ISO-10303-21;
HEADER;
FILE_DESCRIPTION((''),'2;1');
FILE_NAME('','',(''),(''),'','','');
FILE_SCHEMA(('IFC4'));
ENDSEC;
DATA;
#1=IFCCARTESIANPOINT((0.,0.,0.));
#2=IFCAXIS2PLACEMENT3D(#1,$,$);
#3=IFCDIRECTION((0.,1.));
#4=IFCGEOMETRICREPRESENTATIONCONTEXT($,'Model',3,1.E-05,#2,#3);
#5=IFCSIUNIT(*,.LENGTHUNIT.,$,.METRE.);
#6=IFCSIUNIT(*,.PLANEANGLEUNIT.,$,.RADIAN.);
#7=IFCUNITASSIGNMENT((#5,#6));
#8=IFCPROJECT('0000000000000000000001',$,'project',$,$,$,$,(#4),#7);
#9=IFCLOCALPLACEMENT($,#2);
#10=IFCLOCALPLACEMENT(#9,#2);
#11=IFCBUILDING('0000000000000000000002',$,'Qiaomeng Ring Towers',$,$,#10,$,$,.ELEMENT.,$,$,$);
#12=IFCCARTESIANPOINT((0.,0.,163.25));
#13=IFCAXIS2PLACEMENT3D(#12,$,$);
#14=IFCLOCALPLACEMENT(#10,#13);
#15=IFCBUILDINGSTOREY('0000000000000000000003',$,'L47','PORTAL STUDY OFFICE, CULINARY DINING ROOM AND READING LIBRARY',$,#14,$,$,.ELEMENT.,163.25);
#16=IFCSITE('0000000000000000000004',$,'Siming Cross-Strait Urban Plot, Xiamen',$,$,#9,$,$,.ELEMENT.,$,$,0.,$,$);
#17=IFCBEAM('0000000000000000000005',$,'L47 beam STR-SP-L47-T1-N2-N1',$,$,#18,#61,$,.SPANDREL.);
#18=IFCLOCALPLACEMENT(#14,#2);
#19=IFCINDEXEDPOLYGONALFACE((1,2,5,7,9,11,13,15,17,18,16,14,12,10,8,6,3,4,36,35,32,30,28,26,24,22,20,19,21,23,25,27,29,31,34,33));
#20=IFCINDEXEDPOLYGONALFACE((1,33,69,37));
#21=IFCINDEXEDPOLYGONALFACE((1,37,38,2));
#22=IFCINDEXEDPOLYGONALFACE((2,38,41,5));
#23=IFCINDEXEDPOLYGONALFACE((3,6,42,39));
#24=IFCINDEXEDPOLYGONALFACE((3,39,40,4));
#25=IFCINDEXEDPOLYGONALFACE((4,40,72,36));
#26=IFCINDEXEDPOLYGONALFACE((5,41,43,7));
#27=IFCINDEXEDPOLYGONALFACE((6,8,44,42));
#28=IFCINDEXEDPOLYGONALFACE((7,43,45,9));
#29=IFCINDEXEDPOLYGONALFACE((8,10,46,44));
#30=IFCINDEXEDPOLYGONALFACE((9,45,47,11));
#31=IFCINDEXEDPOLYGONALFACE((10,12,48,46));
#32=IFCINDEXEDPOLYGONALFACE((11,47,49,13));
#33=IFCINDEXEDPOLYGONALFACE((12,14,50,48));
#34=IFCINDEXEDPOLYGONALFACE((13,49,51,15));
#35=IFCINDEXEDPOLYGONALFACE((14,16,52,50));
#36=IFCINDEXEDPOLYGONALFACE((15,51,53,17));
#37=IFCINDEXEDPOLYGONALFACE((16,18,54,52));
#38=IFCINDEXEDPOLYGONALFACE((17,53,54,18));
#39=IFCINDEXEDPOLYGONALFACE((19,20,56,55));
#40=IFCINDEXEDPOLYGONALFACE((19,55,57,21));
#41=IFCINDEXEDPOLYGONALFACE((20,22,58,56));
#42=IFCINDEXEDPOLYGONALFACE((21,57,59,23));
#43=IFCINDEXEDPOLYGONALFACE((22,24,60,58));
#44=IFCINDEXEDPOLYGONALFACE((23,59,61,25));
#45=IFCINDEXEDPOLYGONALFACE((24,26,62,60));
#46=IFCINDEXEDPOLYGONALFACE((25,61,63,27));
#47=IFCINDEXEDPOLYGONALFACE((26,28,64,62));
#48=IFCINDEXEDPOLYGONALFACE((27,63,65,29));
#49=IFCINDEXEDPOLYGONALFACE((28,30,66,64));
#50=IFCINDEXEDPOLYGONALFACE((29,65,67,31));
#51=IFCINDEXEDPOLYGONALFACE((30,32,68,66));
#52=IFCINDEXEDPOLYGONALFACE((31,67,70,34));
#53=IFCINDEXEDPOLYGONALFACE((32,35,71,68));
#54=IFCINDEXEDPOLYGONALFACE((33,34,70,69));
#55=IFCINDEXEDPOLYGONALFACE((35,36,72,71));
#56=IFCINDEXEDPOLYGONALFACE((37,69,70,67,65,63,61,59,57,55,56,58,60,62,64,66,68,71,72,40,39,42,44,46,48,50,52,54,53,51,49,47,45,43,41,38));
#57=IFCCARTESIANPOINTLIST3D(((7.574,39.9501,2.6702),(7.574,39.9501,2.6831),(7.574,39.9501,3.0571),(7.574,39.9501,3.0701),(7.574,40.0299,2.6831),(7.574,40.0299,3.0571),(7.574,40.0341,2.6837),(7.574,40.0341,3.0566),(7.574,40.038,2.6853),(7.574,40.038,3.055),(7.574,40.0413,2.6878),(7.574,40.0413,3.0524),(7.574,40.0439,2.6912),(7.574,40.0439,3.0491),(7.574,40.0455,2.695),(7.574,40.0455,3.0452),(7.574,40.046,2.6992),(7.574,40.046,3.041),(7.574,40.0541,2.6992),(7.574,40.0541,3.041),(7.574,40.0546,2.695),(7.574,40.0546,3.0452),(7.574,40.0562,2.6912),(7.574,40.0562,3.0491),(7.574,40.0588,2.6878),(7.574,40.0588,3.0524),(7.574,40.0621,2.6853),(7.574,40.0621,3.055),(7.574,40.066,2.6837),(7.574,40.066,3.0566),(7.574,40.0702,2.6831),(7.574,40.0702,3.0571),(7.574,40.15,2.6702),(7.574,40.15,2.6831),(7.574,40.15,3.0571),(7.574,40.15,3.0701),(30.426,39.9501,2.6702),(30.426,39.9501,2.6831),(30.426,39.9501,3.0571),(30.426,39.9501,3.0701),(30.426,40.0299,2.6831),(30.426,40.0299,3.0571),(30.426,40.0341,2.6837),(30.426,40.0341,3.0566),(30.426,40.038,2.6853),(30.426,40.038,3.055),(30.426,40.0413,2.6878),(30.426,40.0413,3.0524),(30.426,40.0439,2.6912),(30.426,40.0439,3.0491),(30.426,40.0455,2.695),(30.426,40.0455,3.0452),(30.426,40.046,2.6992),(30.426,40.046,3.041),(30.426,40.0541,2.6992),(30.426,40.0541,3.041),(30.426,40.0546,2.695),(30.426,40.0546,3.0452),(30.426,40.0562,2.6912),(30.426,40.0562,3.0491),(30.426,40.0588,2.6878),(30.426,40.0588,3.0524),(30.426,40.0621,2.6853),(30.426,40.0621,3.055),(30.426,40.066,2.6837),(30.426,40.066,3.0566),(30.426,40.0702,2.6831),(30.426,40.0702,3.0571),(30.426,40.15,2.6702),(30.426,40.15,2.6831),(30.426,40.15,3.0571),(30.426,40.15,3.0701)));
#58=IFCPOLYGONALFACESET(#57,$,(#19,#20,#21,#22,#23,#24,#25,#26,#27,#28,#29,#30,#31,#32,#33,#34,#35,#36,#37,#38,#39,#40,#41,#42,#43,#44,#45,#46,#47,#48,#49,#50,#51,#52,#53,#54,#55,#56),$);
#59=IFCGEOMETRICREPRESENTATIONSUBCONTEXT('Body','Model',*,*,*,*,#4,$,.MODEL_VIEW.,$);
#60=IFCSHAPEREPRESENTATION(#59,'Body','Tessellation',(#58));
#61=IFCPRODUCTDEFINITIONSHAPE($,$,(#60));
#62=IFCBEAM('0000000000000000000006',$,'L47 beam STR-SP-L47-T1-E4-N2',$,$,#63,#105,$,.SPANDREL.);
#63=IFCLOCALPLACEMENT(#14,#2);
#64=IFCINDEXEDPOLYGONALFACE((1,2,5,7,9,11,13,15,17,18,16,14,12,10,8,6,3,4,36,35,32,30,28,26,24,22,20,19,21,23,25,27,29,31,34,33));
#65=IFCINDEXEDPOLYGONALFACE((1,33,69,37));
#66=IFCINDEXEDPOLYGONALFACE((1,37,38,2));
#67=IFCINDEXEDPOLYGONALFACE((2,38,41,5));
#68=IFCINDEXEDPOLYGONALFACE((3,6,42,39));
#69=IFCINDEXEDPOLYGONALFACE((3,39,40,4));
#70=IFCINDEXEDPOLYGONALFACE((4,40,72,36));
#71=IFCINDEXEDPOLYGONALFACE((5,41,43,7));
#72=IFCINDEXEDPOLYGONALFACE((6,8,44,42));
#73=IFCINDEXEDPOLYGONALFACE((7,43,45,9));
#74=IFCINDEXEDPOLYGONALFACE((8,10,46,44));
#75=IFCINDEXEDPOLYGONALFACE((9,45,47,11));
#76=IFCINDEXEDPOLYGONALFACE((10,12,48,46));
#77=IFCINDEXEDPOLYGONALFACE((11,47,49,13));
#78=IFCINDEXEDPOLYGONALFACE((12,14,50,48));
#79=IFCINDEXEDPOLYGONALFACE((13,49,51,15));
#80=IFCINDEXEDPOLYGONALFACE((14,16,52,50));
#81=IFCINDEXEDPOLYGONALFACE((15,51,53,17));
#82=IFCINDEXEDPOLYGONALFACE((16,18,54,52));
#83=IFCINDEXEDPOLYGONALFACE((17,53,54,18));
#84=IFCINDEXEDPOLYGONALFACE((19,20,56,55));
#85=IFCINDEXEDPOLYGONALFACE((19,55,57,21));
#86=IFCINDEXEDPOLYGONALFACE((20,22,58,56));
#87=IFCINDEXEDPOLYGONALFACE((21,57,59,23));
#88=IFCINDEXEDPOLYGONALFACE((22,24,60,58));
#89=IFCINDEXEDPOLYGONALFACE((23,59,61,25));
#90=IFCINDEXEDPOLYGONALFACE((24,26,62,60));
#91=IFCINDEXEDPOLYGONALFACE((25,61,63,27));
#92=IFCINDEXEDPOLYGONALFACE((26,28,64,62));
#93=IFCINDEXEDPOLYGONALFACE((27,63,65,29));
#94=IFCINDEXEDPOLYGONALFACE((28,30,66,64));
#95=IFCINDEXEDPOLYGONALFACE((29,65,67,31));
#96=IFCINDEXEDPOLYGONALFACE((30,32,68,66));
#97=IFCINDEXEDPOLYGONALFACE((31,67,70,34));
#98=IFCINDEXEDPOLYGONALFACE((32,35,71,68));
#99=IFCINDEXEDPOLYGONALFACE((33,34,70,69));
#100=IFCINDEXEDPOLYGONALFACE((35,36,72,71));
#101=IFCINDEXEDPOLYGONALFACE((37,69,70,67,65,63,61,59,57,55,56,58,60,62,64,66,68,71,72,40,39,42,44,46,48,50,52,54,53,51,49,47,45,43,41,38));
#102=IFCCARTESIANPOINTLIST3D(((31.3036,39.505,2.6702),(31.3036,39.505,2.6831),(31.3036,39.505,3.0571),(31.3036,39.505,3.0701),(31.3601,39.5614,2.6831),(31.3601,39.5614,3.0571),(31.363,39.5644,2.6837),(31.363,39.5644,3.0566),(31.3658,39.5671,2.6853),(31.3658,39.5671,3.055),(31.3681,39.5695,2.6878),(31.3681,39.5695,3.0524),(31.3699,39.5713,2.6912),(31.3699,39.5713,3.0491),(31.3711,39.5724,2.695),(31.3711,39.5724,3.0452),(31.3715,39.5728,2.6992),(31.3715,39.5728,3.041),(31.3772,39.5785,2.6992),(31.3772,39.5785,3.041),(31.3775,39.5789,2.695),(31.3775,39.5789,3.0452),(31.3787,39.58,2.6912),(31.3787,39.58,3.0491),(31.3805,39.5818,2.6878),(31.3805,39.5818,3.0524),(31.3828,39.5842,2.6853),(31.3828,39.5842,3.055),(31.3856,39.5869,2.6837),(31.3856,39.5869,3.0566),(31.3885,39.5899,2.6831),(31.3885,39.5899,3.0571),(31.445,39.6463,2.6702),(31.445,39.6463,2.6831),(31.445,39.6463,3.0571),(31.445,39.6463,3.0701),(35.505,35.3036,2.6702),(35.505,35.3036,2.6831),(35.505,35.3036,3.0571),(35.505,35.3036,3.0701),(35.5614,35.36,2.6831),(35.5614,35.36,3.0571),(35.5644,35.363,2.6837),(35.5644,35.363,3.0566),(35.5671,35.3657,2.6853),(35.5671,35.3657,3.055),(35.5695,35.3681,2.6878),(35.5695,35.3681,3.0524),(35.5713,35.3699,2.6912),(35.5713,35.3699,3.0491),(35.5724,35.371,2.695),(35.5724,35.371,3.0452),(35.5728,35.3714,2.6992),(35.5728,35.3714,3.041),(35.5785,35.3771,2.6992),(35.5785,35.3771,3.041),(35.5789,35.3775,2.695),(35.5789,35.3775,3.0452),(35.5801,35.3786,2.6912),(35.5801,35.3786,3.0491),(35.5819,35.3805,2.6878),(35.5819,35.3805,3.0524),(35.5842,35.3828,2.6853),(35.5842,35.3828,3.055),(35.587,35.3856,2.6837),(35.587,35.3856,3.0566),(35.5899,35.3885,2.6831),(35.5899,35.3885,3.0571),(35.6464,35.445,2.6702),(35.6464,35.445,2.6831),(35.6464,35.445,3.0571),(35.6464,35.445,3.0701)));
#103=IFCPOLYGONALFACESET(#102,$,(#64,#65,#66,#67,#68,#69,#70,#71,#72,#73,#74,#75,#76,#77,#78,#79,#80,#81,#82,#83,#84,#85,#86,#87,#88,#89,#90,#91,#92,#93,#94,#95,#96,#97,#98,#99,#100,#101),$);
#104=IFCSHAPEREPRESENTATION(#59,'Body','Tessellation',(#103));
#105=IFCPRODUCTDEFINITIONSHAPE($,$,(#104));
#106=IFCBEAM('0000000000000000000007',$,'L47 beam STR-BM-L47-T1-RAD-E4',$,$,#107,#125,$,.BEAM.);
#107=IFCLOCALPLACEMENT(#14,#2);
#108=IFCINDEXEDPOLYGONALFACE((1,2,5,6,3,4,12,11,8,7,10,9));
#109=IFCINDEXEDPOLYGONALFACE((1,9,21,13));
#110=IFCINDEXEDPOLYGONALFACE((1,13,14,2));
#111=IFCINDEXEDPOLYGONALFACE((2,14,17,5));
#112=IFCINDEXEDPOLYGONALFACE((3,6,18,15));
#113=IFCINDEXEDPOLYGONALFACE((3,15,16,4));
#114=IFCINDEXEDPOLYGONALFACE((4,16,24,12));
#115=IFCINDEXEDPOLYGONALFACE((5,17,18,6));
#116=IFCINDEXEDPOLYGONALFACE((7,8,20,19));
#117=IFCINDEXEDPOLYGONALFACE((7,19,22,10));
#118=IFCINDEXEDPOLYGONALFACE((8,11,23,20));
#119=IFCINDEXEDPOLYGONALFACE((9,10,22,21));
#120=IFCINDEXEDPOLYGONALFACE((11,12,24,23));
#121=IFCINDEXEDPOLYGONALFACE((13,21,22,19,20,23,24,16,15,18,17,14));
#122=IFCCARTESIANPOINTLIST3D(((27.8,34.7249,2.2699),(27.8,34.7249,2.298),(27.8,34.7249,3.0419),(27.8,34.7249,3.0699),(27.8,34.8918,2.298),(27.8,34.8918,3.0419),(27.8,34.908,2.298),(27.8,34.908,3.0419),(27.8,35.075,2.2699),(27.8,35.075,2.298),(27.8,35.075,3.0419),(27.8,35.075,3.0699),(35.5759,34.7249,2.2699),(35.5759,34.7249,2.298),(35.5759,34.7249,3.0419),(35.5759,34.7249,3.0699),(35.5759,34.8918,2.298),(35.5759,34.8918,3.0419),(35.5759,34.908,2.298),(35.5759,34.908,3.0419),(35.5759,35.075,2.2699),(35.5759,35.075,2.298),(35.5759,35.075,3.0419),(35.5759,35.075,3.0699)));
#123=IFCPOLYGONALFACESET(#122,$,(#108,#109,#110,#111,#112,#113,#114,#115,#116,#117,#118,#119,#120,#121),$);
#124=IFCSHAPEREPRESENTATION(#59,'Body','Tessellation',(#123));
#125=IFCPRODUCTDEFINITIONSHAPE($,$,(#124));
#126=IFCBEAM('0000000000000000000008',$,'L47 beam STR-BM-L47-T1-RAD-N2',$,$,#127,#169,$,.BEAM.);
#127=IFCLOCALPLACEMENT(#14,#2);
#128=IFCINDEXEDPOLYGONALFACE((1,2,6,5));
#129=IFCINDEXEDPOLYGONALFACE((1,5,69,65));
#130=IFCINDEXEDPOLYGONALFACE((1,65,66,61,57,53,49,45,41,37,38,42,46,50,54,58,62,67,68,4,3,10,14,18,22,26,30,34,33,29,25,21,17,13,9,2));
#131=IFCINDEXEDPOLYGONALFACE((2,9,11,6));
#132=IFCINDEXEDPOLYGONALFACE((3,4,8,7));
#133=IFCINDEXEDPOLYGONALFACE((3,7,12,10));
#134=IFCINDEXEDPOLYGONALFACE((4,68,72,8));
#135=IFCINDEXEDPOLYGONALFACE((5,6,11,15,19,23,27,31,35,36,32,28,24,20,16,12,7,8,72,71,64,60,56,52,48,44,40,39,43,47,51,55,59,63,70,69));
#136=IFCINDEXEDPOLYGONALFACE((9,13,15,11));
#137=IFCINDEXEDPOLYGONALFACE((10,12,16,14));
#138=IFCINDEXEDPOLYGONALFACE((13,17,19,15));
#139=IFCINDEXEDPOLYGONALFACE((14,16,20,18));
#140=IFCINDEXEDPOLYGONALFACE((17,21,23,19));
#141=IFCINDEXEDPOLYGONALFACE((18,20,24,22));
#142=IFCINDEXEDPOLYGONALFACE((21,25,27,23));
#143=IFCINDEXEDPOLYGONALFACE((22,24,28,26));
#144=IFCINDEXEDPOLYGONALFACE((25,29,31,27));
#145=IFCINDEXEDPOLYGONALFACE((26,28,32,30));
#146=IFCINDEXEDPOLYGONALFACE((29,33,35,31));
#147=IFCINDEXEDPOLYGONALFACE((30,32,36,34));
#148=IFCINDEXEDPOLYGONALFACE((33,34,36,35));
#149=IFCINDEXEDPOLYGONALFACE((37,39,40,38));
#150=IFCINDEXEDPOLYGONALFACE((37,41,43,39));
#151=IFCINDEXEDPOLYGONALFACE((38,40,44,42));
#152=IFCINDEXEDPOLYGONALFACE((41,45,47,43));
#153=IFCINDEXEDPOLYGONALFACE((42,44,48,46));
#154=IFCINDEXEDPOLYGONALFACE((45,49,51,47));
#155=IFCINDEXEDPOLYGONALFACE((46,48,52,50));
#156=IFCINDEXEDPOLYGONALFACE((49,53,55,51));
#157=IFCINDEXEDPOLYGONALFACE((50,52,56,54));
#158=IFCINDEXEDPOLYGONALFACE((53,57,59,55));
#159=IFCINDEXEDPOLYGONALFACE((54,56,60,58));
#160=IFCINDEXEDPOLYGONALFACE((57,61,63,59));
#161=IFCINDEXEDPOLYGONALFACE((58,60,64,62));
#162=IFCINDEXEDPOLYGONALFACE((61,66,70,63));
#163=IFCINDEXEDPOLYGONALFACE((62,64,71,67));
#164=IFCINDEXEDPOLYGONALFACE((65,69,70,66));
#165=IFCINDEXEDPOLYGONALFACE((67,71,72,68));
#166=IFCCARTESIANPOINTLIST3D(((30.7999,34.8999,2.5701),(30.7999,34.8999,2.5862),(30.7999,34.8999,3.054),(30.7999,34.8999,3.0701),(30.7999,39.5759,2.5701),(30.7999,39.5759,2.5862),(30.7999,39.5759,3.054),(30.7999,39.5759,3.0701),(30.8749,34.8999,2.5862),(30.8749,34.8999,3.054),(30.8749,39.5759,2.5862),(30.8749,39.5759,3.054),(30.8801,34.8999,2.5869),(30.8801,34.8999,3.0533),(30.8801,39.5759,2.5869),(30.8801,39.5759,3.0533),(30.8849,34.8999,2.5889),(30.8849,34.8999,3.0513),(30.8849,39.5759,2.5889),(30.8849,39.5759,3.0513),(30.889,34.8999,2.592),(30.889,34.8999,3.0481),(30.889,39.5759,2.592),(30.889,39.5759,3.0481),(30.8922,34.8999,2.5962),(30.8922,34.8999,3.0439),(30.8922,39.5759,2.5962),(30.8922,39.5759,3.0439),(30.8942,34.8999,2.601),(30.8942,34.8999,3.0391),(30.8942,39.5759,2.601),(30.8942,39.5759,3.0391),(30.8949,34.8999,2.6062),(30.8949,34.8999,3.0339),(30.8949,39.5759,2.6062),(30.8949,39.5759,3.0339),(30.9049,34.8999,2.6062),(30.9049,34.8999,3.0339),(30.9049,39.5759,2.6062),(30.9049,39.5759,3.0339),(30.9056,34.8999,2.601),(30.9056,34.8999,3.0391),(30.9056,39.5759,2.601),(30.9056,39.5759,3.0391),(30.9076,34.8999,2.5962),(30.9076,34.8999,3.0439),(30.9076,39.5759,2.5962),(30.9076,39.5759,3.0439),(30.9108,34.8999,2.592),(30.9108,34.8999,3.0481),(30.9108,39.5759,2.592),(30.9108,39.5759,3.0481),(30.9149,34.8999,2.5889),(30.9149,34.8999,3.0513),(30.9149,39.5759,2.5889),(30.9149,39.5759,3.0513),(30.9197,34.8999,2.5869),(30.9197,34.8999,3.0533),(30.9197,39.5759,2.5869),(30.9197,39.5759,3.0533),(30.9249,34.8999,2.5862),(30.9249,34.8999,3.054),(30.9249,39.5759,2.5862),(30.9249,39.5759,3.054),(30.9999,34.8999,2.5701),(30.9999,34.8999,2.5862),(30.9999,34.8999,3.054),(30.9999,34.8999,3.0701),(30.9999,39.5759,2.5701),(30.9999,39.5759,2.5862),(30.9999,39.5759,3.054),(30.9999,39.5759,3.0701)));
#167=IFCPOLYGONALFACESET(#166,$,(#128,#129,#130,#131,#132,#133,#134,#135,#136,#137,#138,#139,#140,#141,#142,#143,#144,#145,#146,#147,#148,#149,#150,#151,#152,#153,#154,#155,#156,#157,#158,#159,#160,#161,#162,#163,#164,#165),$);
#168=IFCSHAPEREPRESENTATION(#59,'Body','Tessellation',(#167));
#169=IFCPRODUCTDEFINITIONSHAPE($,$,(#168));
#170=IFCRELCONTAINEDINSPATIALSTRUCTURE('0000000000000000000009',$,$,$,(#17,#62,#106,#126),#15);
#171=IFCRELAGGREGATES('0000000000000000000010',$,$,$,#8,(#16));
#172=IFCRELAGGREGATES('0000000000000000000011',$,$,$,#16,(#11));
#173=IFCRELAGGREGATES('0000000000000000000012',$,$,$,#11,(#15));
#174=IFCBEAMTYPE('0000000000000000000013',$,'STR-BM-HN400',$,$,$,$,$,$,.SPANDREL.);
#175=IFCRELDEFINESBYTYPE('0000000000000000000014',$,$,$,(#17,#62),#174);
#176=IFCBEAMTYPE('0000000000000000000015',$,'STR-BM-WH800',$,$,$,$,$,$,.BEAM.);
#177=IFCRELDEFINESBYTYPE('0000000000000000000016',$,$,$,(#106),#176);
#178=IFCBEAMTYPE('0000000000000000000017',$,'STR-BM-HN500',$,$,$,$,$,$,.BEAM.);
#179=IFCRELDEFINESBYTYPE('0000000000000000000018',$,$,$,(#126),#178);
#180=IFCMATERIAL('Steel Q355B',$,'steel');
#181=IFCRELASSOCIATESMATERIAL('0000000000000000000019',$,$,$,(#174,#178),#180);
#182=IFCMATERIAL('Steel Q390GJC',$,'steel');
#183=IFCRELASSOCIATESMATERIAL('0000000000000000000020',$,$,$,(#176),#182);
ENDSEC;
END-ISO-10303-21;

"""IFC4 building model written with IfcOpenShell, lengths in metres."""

from ifc_helpers import new_model, si_unit, direction, frame, origin, origin_2d, place, context, subcontext, project, spatial, i_section, extrude, source, transform, mapped, material, material_profile, profile_set, type_object, element, save


model = new_model("IFC4")

# Units and contexts
model_context = context("Model", 3, precision=1e-05, world=origin(), true_north=direction((0.0, 1.0)))
body_context = subcontext(model_context, "Body", "Model", "MODEL_VIEW")
ifc_project = project(units=[si_unit("LENGTHUNIT", "METRE"), si_unit("PLANEANGLEUNIT", "RADIAN")], contexts=[model_context])

# Site, building, storey
site_placement = place(None, origin())
site = spatial("IfcSite", under=ifc_project, at=site_placement, Name="Siming Cross-Strait Urban Plot, Xiamen", CompositionType="ELEMENT", RefElevation=0.0)
building_placement = place(site_placement, origin())
building = spatial("IfcBuilding", under=site, at=building_placement, Name="Qiaomeng Ring Towers", CompositionType="ELEMENT")
storey_placement = place(building_placement, frame((0.0, 0.0, 163.25)))
storey = spatial("IfcBuildingStorey", under=building, at=storey_placement, Name="L47", Description="PORTAL STUDY OFFICE, CULINARY DINING ROOM AND READING LIBRARY", CompositionType="ELEMENT", Elevation=163.25)

# Beams
ifc_material_1 = material(Name="Steel Q355B", Category="steel")
ifc_material_profile_1 = material_profile(ifc_material_1, i_section(OverallWidth=0.2, OverallDepth=0.3999, WebThickness=0.0081, FlangeThickness=0.0129, FilletRadius=0.0161, at=origin_2d()), Name="HN 400x200x8x13")
ifc_profile_set_1 = profile_set([ifc_material_profile_1], Name="Steel Q355B")
beam_type_1 = type_object("IfcBeamType", Name="STR-BM-HN400", PredefinedType="SPANDREL", material=ifc_profile_set_1)
shared_shape_1 = source(origin(), body_context, "Body", "SweptSolid", [
    extrude(i_section(OverallWidth=0.2, OverallDepth=0.3999, WebThickness=0.0081, FlangeThickness=0.0129, FilletRadius=0.0161, at=origin_2d()), origin(), (0.0, 0.0, 1.0), 22.8521),
])
beam_1_placement = place(storey_placement, frame((30.426, 40.05, 2.8701), z_axis=(-1.0, 0.0, 0.0), x_axis=(0.0, -1.0, 0.0)))
element("IfcBeam", 1, at=beam_1_placement, inside=storey, type_object=beam_type_1, Name="L47 beam STR-SP-L47-T1-N2-N1", PredefinedType="SPANDREL", context=body_context, shape_type="MappedRepresentation", body=[
    mapped(shared_shape_1, transform((0.0, 0.0, 0.0), x_axis=(1.0, 0.0, 0.0), y_axis=(0.0, 1.0, 0.0), z_axis=(0.0, 0.0, 1.0), scale=1.0)),
])
shared_shape_2 = source(origin(), body_context, "Body", "SweptSolid", [
    extrude(i_section(OverallWidth=0.2, OverallDepth=0.3999, WebThickness=0.0081, FlangeThickness=0.0129, FilletRadius=0.0161, at=origin_2d()), origin(), (0.0, 0.0, 1.0), 5.9417),
])
beam_2_placement = place(storey_placement, frame((35.5757, 35.3743, 2.8701), z_axis=(-0.707107, 0.707107, 0.0), x_axis=(-0.707107, -0.707107, 0.0)))
element("IfcBeam", 2, at=beam_2_placement, inside=storey, type_object=beam_type_1, Name="L47 beam STR-SP-L47-T1-E4-N2", PredefinedType="SPANDREL", context=body_context, shape_type="MappedRepresentation", body=[
    mapped(shared_shape_2, transform((0.0, 0.0, 0.0), x_axis=(1.0, 0.0, 0.0), y_axis=(0.0, 1.0, 0.0), z_axis=(0.0, 0.0, 1.0), scale=1.0)),
])
ifc_material_2 = material(Name="Steel Q390GJC", Category="steel")
ifc_material_profile_2 = material_profile(ifc_material_2, i_section(OverallWidth=0.3501, OverallDepth=0.8, WebThickness=0.0161, FlangeThickness=0.0281, at=origin_2d()), Name="WH 800x350x16x28")
ifc_profile_set_2 = profile_set([ifc_material_profile_2], Name="Steel Q390GJC")
beam_type_2 = type_object("IfcBeamType", Name="STR-BM-WH800", PredefinedType="BEAM", material=ifc_profile_set_2)
shared_shape_3 = source(origin(), body_context, "Body", "SweptSolid", [
    extrude(i_section(OverallWidth=0.3501, OverallDepth=0.8, WebThickness=0.0161, FlangeThickness=0.0281, at=origin_2d()), origin(), (0.0, 0.0, 1.0), 7.7759),
])
beam_3_placement = place(storey_placement, frame((27.8, 34.8999, 2.6699), z_axis=(1.0, 0.0, 0.0), x_axis=(0.0, 1.0, 0.0)))
element("IfcBeam", 3, at=beam_3_placement, inside=storey, type_object=beam_type_2, Name="L47 beam STR-BM-L47-T1-RAD-E4", PredefinedType="BEAM", context=body_context, shape_type="MappedRepresentation", body=[
    mapped(shared_shape_3, transform((0.0, 0.0, 0.0), x_axis=(1.0, 0.0, 0.0), y_axis=(0.0, 1.0, 0.0), z_axis=(0.0, 0.0, 1.0), scale=1.0)),
])
ifc_material_profile_3 = material_profile(ifc_material_1, i_section(OverallWidth=0.2, OverallDepth=0.5, WebThickness=0.01, FlangeThickness=0.0161, FilletRadius=0.02, at=origin_2d()), Name="HN 500x200x10x16")
ifc_profile_set_3 = profile_set([ifc_material_profile_3], Name="Steel Q355B")
beam_type_3 = type_object("IfcBeamType", Name="STR-BM-HN500", PredefinedType="BEAM", material=ifc_profile_set_3)
shared_shape_4 = source(origin(), body_context, "Body", "SweptSolid", [
    extrude(i_section(OverallWidth=0.2, OverallDepth=0.5, WebThickness=0.01, FlangeThickness=0.0161, FilletRadius=0.02, at=origin_2d()), origin(), (0.0, 0.0, 1.0), 4.676),
])
beam_4_placement = place(storey_placement, frame((30.8999, 39.5759, 2.8201), z_axis=(0.0, -1.0, 0.0), x_axis=(1.0, 0.0, 0.0)))
element("IfcBeam", 4, at=beam_4_placement, inside=storey, type_object=beam_type_3, Name="L47 beam STR-BM-L47-T1-RAD-N2", PredefinedType="BEAM", context=body_context, shape_type="MappedRepresentation", body=[
    mapped(shared_shape_4, transform((0.0, 0.0, 0.0), x_axis=(1.0, 0.0, 0.0), y_axis=(0.0, 1.0, 0.0), z_axis=(0.0, 0.0, 1.0), scale=1.0)),
])

save(model, "model.ifc")
